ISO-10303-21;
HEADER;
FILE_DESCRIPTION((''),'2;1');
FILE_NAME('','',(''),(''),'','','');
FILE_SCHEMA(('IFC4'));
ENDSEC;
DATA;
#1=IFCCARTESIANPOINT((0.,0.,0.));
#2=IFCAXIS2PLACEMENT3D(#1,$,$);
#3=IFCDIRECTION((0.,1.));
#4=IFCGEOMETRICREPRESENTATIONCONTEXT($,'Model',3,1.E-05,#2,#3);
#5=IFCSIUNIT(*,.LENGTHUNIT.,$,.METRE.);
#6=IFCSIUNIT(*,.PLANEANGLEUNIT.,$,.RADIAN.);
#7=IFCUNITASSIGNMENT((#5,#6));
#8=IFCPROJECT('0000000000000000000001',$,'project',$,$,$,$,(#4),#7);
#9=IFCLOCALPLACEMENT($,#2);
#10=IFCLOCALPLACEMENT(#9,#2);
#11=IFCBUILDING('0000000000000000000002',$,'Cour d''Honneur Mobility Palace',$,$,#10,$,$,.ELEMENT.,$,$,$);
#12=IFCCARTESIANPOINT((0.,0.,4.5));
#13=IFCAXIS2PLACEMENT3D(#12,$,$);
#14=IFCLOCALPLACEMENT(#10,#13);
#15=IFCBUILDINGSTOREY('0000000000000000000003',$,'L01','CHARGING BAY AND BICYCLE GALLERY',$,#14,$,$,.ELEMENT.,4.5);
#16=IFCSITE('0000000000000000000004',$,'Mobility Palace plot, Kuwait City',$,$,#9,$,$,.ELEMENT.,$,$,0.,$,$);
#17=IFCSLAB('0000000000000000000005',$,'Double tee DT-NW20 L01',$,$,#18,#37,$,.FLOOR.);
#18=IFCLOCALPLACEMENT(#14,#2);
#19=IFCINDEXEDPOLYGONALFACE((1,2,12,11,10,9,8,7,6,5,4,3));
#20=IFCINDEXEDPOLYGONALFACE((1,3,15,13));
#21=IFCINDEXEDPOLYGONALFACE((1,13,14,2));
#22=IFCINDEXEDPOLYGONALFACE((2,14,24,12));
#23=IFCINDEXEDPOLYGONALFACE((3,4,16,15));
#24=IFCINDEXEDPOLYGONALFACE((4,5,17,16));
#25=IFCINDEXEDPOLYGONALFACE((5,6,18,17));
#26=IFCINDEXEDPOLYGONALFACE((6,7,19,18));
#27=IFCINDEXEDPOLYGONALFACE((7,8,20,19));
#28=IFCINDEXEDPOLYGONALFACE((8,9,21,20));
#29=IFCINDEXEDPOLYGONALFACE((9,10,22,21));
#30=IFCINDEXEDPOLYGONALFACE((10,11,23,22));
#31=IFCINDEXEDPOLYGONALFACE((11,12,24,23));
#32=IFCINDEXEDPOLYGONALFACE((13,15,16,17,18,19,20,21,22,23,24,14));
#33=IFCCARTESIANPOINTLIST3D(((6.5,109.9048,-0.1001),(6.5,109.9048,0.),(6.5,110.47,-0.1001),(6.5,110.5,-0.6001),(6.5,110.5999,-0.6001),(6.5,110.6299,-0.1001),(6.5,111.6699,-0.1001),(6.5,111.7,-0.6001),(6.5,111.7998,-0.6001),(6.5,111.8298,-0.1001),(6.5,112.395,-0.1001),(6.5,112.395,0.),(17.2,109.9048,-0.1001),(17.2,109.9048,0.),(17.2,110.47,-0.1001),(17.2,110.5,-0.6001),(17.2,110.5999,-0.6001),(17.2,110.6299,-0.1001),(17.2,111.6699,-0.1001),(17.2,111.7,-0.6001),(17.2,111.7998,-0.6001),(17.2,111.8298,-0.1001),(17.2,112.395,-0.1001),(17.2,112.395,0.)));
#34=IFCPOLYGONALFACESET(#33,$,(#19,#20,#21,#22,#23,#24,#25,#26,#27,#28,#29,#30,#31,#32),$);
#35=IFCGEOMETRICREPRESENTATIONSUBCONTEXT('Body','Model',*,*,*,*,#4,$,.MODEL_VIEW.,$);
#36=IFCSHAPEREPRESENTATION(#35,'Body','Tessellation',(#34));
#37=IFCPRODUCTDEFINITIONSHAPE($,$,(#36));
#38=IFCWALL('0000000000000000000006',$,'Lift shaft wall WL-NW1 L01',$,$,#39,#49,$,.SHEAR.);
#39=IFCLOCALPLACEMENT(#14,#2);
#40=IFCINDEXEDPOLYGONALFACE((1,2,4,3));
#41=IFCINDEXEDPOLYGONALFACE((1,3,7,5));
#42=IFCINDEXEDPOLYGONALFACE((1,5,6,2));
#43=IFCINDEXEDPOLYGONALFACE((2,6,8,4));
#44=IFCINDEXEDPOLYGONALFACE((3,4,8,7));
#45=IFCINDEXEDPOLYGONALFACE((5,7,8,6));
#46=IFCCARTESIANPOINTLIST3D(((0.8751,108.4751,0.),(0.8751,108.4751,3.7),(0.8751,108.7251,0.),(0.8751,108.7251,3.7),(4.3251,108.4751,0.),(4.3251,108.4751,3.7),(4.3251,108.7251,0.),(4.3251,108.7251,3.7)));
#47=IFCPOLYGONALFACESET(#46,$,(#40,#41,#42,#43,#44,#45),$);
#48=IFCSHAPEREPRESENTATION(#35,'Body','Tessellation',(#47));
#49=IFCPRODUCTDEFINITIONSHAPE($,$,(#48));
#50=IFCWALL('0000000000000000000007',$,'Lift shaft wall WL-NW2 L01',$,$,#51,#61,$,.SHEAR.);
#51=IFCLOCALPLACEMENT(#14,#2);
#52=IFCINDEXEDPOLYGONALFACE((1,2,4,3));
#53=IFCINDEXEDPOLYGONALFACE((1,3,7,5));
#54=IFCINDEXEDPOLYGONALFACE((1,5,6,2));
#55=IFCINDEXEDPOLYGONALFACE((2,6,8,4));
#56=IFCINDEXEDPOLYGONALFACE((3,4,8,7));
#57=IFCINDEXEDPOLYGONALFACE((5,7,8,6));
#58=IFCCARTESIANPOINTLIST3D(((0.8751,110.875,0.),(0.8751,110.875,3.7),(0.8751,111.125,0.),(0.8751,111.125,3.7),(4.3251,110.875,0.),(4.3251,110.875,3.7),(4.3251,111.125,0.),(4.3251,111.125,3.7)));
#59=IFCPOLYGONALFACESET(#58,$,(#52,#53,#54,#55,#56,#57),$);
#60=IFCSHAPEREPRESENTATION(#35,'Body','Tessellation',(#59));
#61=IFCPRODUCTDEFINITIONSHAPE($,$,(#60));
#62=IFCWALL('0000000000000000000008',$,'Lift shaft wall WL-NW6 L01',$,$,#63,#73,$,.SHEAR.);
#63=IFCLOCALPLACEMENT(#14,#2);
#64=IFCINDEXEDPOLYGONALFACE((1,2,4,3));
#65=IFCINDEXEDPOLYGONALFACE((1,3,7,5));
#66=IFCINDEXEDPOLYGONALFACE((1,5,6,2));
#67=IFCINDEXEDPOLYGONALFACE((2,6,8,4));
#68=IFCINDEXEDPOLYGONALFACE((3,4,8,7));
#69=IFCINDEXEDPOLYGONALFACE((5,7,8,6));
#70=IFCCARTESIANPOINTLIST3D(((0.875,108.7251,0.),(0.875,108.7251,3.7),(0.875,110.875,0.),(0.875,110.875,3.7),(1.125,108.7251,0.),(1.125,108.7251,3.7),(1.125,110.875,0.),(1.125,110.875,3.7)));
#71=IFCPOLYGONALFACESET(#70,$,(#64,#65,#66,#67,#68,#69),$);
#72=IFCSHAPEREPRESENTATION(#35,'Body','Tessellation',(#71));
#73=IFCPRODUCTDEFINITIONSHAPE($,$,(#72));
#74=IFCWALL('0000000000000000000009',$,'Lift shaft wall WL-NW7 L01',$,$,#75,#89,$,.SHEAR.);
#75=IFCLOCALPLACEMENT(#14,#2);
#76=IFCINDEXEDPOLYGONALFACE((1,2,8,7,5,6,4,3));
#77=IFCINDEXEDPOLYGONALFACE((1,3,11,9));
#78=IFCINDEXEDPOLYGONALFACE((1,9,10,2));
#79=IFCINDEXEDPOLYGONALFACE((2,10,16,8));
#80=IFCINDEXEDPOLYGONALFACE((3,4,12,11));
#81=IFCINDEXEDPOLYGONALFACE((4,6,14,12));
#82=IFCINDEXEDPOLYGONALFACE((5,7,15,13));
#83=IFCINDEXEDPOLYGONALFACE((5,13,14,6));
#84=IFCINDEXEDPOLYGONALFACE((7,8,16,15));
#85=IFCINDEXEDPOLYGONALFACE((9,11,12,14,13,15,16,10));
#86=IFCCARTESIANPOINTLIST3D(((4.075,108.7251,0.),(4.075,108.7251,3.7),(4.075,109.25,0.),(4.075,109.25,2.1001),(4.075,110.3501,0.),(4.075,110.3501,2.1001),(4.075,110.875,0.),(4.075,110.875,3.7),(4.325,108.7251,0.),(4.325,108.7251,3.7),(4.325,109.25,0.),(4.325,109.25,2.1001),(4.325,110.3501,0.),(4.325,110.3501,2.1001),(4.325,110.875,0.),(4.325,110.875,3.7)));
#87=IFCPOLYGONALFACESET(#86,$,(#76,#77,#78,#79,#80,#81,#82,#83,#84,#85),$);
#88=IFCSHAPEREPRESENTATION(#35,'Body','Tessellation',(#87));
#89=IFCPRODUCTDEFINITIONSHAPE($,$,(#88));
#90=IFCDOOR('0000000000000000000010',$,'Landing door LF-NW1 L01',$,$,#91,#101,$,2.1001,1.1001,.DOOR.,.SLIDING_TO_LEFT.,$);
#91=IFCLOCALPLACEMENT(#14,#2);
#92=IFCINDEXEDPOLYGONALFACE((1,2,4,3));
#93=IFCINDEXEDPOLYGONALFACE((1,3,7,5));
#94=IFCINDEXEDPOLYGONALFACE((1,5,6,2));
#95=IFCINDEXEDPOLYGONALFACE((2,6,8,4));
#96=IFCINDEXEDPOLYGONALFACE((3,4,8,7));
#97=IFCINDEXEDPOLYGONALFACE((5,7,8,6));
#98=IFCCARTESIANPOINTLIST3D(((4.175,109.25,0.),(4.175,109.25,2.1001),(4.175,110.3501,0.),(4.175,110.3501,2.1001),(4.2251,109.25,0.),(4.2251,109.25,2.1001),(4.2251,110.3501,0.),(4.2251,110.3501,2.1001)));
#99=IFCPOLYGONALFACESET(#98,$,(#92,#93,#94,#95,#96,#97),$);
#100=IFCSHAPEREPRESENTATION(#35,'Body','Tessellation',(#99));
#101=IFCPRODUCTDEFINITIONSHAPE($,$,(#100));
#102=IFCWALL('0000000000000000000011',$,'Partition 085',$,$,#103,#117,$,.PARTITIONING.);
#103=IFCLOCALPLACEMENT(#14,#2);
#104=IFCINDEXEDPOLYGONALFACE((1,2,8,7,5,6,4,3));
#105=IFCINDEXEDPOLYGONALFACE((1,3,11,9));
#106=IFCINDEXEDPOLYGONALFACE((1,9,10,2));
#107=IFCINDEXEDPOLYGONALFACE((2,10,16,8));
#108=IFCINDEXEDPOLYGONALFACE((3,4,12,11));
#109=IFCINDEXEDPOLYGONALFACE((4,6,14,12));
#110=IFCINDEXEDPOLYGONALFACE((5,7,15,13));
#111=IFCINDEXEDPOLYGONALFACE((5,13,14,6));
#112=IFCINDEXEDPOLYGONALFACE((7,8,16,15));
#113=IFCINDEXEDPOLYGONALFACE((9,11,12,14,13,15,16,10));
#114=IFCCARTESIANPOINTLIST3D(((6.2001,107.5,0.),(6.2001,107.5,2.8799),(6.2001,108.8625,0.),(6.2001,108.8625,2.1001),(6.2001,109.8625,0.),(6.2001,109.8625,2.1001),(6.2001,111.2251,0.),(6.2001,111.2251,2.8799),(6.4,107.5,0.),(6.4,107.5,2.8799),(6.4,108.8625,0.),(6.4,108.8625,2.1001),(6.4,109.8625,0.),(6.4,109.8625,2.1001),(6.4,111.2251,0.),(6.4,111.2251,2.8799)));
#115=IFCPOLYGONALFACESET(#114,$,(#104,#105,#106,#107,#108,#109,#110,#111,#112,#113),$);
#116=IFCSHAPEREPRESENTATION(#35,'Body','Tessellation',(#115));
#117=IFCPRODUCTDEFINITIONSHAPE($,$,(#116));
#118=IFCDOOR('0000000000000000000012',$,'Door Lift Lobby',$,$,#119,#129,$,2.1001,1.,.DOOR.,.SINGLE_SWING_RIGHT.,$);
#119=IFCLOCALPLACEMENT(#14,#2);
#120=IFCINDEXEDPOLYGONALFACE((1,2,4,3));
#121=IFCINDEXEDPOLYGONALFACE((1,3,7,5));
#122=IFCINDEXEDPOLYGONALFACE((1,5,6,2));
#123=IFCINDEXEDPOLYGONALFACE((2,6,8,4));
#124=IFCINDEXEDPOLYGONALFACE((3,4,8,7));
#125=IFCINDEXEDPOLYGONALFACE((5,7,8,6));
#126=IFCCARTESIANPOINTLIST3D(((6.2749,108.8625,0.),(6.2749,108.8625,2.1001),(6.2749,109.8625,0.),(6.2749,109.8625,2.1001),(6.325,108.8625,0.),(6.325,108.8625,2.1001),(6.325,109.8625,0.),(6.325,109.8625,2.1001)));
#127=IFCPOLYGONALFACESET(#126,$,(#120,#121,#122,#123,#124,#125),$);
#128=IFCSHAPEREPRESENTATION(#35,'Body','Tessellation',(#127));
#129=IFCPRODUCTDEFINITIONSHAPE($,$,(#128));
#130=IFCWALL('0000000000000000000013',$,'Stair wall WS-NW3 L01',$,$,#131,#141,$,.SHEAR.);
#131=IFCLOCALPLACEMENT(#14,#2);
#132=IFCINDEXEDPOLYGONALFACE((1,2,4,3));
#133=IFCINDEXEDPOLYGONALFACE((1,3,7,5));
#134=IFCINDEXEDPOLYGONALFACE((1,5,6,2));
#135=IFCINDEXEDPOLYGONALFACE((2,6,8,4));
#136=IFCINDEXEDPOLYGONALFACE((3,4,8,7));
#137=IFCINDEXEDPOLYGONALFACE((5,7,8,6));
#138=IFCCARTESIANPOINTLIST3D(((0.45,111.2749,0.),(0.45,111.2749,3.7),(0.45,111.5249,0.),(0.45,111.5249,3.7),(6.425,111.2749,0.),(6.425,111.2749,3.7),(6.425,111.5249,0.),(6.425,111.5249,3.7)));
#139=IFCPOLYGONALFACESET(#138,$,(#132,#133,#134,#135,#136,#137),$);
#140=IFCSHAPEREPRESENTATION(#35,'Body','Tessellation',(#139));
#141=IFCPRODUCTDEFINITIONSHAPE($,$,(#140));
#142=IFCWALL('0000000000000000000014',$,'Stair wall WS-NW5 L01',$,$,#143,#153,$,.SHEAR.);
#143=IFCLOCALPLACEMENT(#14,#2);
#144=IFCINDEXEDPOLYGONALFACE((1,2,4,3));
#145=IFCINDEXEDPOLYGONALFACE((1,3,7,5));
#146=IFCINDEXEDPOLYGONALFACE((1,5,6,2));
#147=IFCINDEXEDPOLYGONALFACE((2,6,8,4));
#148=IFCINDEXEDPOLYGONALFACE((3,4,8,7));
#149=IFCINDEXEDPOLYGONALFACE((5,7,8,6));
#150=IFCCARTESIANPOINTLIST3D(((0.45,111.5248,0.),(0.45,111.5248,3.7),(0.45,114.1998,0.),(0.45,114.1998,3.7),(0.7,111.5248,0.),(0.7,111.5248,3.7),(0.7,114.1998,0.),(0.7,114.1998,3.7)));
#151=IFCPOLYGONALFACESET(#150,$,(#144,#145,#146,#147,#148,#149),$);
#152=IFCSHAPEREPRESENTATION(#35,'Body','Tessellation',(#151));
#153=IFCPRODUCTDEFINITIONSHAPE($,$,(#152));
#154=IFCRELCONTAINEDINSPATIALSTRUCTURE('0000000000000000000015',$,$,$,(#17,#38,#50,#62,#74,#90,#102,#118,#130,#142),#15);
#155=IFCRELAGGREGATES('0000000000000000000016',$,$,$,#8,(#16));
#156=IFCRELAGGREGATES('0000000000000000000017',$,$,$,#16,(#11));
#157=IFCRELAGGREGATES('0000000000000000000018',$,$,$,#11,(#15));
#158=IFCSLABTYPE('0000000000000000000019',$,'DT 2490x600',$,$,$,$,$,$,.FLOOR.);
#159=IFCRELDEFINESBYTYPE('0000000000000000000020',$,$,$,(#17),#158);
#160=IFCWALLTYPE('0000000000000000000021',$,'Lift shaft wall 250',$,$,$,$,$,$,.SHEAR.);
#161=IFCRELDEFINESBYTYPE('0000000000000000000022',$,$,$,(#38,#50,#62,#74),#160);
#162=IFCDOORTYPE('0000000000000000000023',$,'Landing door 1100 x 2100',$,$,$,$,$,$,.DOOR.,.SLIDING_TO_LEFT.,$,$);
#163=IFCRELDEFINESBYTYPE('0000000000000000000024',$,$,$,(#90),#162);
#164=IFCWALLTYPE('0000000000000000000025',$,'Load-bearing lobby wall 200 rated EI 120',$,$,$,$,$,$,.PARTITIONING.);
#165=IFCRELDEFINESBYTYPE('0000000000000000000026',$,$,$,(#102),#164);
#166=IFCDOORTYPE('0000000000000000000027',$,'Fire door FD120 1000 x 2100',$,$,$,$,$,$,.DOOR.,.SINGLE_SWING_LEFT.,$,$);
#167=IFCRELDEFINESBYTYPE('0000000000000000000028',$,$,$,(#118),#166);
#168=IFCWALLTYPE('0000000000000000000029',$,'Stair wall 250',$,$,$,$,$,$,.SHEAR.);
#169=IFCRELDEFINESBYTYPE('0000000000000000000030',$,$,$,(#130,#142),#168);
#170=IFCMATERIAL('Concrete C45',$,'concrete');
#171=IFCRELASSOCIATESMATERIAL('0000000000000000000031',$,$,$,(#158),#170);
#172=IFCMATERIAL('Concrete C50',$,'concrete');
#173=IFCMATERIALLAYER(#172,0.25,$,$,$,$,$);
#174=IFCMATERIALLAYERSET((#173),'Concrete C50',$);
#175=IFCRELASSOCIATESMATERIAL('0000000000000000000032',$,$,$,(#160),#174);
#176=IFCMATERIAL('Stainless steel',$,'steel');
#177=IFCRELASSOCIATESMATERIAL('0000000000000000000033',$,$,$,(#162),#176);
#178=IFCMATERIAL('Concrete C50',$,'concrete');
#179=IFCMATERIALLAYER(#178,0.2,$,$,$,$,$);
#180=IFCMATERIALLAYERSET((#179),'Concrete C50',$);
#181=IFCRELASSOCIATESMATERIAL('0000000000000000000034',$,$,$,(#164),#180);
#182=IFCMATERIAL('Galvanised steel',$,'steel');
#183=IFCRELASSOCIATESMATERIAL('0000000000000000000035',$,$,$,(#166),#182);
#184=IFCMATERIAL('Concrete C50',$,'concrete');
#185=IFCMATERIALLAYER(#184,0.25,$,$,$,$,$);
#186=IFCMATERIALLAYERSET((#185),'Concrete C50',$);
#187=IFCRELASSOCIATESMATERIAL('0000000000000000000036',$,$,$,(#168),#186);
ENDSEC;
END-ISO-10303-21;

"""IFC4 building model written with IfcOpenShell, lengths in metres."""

from ifc_helpers import new_model, si_unit, direction, frame, frame_2d, origin, place, context, subcontext, project, spatial, polyline, rectangle, outline, extrude, material, layer, layer_set, material_profile, profile_set, type_object, element, fill, save


model = new_model("IFC4")

# Units and contexts
model_context = context("Model", 3, precision=1e-05, world=origin(), true_north=direction((0.0, 1.0)))
body_context = subcontext(model_context, "Body", "Model", "MODEL_VIEW")
ifc_project = project(units=[si_unit("LENGTHUNIT", "METRE"), si_unit("PLANEANGLEUNIT", "RADIAN")], contexts=[model_context])

# Site, building, storey
site_placement = place(None, origin())
site = spatial("IfcSite", under=ifc_project, at=site_placement, Name="Mobility Palace plot, Kuwait City", CompositionType="ELEMENT", RefElevation=0.0)
building_placement = place(site_placement, origin())
building = spatial("IfcBuilding", under=site, at=building_placement, Name="Cour d'Honneur Mobility Palace", CompositionType="ELEMENT")
storey_placement = place(building_placement, frame((0.0, 0.0, 4.5)))
storey = spatial("IfcBuildingStorey", under=building, at=storey_placement, Name="L01", Description="CHARGING BAY AND BICYCLE GALLERY", CompositionType="ELEMENT", Elevation=4.5)

# Slab
ifc_material_1 = material(Name="Concrete C45", Category="concrete")
ifc_material_profile_1 = material_profile(ifc_material_1, outline(polyline([(-1.2451, 0.0), (1.2451, 0.0), (1.2451, -0.1001), (0.6799, -0.1001), (0.6499, -0.6001), (0.55, -0.6001), (0.52, -0.1001), (-0.52, -0.1001), (-0.55, -0.6001), (-0.6499, -0.6001), (-0.6799, -0.1001), (-1.2451, -0.1001), (-1.2451, 0.0)])), Name="DT 2490x600")
ifc_profile_set_1 = profile_set([ifc_material_profile_1], Name="Concrete C45")
slab_type = type_object("IfcSlabType", Name="DT 2490x600", PredefinedType="FLOOR", material=ifc_profile_set_1)
slab_1_placement = place(storey_placement, frame((6.5, 111.1499, 0.0), z_axis=(1.0, 0.0, 0.0), x_axis=(0.0, 1.0, 0.0)))
element("IfcSlab", 1, at=slab_1_placement, inside=storey, type_object=slab_type, Name="Double tee DT-NW20 L01", PredefinedType="FLOOR", context=body_context, shape_type="SweptSolid", body=[
    extrude(outline(polyline([(-1.2451, 0.0), (1.2451, 0.0), (1.2451, -0.1001), (0.6799, -0.1001), (0.6499, -0.6001), (0.55, -0.6001), (0.52, -0.1001), (-0.52, -0.1001), (-0.55, -0.6001), (-0.6499, -0.6001), (-0.6799, -0.1001), (-1.2451, -0.1001), (-1.2451, 0.0)])), origin(), (0.0, 0.0, 1.0), 10.7),
])

# Walls
ifc_material_2 = material(Name="Concrete C50", Category="concrete")
ifc_layer_1 = layer(ifc_material_2, 0.25)
ifc_layer_set_1 = layer_set([ifc_layer_1], Name="Concrete C50")
wall_type_1 = type_object("IfcWallType", Name="Lift shaft wall 250", PredefinedType="SHEAR", material=ifc_layer_set_1)
for number, where, z_axis, x_axis, name in (
    (2, (0.875, 108.6001, 0.0), (0.0, 0.0, 1.0), (1.0, 0.0, 0.0), "Lift shaft wall WL-NW1 L01"),
    (3, (0.875, 111.0, 0.0), (0.0, 0.0, 1.0), (1.0, 0.0, 0.0), "Lift shaft wall WL-NW2 L01"),
):
    element("IfcWall", number, at=place(storey_placement, frame(where, z_axis=z_axis, x_axis=x_axis)), inside=storey, type_object=wall_type_1, Name=name, PredefinedType="SHEAR", context=body_context, shape_type="SweptSolid", body=[
        extrude(rectangle(XDim=3.45, YDim=0.25, at=frame_2d((1.7251, 0.0))), origin(), (0.0, 0.0, 1.0), 3.7),
    ])
wall_1_placement = place(storey_placement, frame((1.0, 108.7251, 0.0), z_axis=(0.0, 0.0, 1.0), x_axis=(0.0, 1.0, 0.0)))
element("IfcWall", 4, at=wall_1_placement, inside=storey, type_object=wall_type_1, Name="Lift shaft wall WL-NW6 L01", PredefinedType="SHEAR", context=body_context, shape_type="SweptSolid", body=[
    extrude(rectangle(XDim=2.1499, YDim=0.25, at=frame_2d((1.075, 0.0))), origin(), (0.0, 0.0, 1.0), 3.7),
])

# Walls, openings, doors
wall_2_placement = place(storey_placement, frame((4.2, 108.7251, 0.0), z_axis=(0.0, 0.0, 1.0), x_axis=(0.0, 1.0, 0.0)))
wall_2 = element("IfcWall", 5, at=wall_2_placement, inside=storey, type_object=wall_type_1, Name="Lift shaft wall WL-NW7 L01", PredefinedType="SHEAR", context=body_context, shape_type="SweptSolid", body=[
    extrude(rectangle(XDim=2.1499, YDim=0.25, at=frame_2d((1.075, 0.0))), origin(), (0.0, 0.0, 1.0), 3.7),
])
opening_1_placement = place(wall_2_placement, frame((0.5249, 0.0, 0.0)))
opening_1 = element("IfcOpeningElement", 6, at=opening_1_placement, cuts=wall_2, PredefinedType="OPENING", context=body_context, shape_type="SweptSolid", body=[
    extrude(rectangle(XDim=1.1001, YDim=2.1001, at=frame_2d((0.55, 1.05))), frame((0.0, 0.135, 0.0), z_axis=(0.0, -1.0, 0.0), x_axis=(1.0, 0.0, 0.0)), (0.0, 0.0, 1.0), 0.27),
])
ifc_material_3 = material(Name="Stainless steel", Category="steel")
door_type_1 = type_object("IfcDoorType", Name="Landing door 1100 x 2100", OperationType="SLIDING_TO_LEFT", PredefinedType="DOOR", material=ifc_material_3)
door_1_placement = place(opening_1_placement, origin())
door_1 = element("IfcDoor", 7, at=door_1_placement, inside=storey, type_object=door_type_1, Name="Landing door LF-NW1 L01", OperationType="SLIDING_TO_LEFT", OverallHeight=2.1001, OverallWidth=1.1001, PredefinedType="DOOR", context=body_context, shape_type="SweptSolid", body=[
    extrude(rectangle(XDim=1.1001, YDim=2.1001, at=frame_2d((0.55, 1.05))), frame((0.0, 0.0249, 0.0), z_axis=(0.0, -1.0, 0.0), x_axis=(1.0, 0.0, 0.0)), (0.0, 0.0, 1.0), 0.05),
])
fill(opening_1, door_1)
ifc_material_4 = material(Name="Concrete C50", Category="concrete")
ifc_layer_2 = layer(ifc_material_4, 0.2)
ifc_layer_set_2 = layer_set([ifc_layer_2], Name="Concrete C50")
wall_type_2 = type_object("IfcWallType", Name="Load-bearing lobby wall 200 rated EI 120", PredefinedType="PARTITIONING", material=ifc_layer_set_2)
wall_3_placement = place(storey_placement, frame((6.3, 111.2251, 0.0), z_axis=(0.0, 0.0, 1.0), x_axis=(0.0, -1.0, 0.0)))
wall_3 = element("IfcWall", 8, at=wall_3_placement, inside=storey, type_object=wall_type_2, Name="Partition 085", PredefinedType="PARTITIONING", context=body_context, shape_type="SweptSolid", body=[
    extrude(rectangle(XDim=3.7251, YDim=0.2, at=frame_2d((1.8625, 0.0))), origin(), (0.0, 0.0, 1.0), 2.8799),
])
opening_2_placement = place(wall_3_placement, frame((1.3625, 0.0, 0.0)))
opening_2 = element("IfcOpeningElement", 9, at=opening_2_placement, cuts=wall_3, PredefinedType="OPENING", context=body_context, shape_type="SweptSolid", body=[
    extrude(rectangle(XDim=1.0, YDim=2.1001, at=frame_2d((0.5, 1.05))), frame((0.0, 0.1099, 0.0), z_axis=(0.0, -1.0, 0.0), x_axis=(1.0, 0.0, 0.0)), (0.0, 0.0, 1.0), 0.22),
])
ifc_material_5 = material(Name="Galvanised steel", Category="steel")
door_type_2 = type_object("IfcDoorType", Name="Fire door FD120 1000 x 2100", OperationType="SINGLE_SWING_LEFT", PredefinedType="DOOR", material=ifc_material_5)
door_2_placement = place(opening_2_placement, origin())
door_2 = element("IfcDoor", 10, at=door_2_placement, inside=storey, type_object=door_type_2, Name="Door Lift Lobby", OperationType="SINGLE_SWING_RIGHT", OverallHeight=2.1001, OverallWidth=1.0, PredefinedType="DOOR", context=body_context, shape_type="SweptSolid", body=[
    extrude(rectangle(XDim=1.0, YDim=2.1001, at=frame_2d((0.5, 1.05))), frame((0.0, 0.0249, 0.0), z_axis=(0.0, -1.0, 0.0), x_axis=(1.0, 0.0, 0.0)), (0.0, 0.0, 1.0), 0.05),
])
fill(opening_2, door_2)

# Walls
ifc_material_6 = material(Name="Concrete C50", Category="concrete")
ifc_layer_3 = layer(ifc_material_6, 0.25)
ifc_layer_set_3 = layer_set([ifc_layer_3], Name="Concrete C50")
wall_type_3 = type_object("IfcWallType", Name="Stair wall 250", PredefinedType="SHEAR", material=ifc_layer_set_3)
wall_4_placement = place(storey_placement, frame((0.45, 111.3999, 0.0), z_axis=(0.0, 0.0, 1.0), x_axis=(1.0, 0.0, 0.0)))
element("IfcWall", 11, at=wall_4_placement, inside=storey, type_object=wall_type_3, Name="Stair wall WS-NW3 L01", PredefinedType="SHEAR", context=body_context, shape_type="SweptSolid", body=[
    extrude(rectangle(XDim=5.9751, YDim=0.25, at=frame_2d((2.9875, 0.0))), origin(), (0.0, 0.0, 1.0), 3.7),
])
wall_5_placement = place(storey_placement, frame((0.575, 111.5249, 0.0), z_axis=(0.0, 0.0, 1.0), x_axis=(0.0, 1.0, 0.0)))
element("IfcWall", 12, at=wall_5_placement, inside=storey, type_object=wall_type_3, Name="Stair wall WS-NW5 L01", PredefinedType="SHEAR", context=body_context, shape_type="SweptSolid", body=[
    extrude(rectangle(XDim=2.675, YDim=0.25, at=frame_2d((1.3374, 0.0))), origin(), (0.0, 0.0, 1.0), 3.7),
])

save(model, "model.ifc")
